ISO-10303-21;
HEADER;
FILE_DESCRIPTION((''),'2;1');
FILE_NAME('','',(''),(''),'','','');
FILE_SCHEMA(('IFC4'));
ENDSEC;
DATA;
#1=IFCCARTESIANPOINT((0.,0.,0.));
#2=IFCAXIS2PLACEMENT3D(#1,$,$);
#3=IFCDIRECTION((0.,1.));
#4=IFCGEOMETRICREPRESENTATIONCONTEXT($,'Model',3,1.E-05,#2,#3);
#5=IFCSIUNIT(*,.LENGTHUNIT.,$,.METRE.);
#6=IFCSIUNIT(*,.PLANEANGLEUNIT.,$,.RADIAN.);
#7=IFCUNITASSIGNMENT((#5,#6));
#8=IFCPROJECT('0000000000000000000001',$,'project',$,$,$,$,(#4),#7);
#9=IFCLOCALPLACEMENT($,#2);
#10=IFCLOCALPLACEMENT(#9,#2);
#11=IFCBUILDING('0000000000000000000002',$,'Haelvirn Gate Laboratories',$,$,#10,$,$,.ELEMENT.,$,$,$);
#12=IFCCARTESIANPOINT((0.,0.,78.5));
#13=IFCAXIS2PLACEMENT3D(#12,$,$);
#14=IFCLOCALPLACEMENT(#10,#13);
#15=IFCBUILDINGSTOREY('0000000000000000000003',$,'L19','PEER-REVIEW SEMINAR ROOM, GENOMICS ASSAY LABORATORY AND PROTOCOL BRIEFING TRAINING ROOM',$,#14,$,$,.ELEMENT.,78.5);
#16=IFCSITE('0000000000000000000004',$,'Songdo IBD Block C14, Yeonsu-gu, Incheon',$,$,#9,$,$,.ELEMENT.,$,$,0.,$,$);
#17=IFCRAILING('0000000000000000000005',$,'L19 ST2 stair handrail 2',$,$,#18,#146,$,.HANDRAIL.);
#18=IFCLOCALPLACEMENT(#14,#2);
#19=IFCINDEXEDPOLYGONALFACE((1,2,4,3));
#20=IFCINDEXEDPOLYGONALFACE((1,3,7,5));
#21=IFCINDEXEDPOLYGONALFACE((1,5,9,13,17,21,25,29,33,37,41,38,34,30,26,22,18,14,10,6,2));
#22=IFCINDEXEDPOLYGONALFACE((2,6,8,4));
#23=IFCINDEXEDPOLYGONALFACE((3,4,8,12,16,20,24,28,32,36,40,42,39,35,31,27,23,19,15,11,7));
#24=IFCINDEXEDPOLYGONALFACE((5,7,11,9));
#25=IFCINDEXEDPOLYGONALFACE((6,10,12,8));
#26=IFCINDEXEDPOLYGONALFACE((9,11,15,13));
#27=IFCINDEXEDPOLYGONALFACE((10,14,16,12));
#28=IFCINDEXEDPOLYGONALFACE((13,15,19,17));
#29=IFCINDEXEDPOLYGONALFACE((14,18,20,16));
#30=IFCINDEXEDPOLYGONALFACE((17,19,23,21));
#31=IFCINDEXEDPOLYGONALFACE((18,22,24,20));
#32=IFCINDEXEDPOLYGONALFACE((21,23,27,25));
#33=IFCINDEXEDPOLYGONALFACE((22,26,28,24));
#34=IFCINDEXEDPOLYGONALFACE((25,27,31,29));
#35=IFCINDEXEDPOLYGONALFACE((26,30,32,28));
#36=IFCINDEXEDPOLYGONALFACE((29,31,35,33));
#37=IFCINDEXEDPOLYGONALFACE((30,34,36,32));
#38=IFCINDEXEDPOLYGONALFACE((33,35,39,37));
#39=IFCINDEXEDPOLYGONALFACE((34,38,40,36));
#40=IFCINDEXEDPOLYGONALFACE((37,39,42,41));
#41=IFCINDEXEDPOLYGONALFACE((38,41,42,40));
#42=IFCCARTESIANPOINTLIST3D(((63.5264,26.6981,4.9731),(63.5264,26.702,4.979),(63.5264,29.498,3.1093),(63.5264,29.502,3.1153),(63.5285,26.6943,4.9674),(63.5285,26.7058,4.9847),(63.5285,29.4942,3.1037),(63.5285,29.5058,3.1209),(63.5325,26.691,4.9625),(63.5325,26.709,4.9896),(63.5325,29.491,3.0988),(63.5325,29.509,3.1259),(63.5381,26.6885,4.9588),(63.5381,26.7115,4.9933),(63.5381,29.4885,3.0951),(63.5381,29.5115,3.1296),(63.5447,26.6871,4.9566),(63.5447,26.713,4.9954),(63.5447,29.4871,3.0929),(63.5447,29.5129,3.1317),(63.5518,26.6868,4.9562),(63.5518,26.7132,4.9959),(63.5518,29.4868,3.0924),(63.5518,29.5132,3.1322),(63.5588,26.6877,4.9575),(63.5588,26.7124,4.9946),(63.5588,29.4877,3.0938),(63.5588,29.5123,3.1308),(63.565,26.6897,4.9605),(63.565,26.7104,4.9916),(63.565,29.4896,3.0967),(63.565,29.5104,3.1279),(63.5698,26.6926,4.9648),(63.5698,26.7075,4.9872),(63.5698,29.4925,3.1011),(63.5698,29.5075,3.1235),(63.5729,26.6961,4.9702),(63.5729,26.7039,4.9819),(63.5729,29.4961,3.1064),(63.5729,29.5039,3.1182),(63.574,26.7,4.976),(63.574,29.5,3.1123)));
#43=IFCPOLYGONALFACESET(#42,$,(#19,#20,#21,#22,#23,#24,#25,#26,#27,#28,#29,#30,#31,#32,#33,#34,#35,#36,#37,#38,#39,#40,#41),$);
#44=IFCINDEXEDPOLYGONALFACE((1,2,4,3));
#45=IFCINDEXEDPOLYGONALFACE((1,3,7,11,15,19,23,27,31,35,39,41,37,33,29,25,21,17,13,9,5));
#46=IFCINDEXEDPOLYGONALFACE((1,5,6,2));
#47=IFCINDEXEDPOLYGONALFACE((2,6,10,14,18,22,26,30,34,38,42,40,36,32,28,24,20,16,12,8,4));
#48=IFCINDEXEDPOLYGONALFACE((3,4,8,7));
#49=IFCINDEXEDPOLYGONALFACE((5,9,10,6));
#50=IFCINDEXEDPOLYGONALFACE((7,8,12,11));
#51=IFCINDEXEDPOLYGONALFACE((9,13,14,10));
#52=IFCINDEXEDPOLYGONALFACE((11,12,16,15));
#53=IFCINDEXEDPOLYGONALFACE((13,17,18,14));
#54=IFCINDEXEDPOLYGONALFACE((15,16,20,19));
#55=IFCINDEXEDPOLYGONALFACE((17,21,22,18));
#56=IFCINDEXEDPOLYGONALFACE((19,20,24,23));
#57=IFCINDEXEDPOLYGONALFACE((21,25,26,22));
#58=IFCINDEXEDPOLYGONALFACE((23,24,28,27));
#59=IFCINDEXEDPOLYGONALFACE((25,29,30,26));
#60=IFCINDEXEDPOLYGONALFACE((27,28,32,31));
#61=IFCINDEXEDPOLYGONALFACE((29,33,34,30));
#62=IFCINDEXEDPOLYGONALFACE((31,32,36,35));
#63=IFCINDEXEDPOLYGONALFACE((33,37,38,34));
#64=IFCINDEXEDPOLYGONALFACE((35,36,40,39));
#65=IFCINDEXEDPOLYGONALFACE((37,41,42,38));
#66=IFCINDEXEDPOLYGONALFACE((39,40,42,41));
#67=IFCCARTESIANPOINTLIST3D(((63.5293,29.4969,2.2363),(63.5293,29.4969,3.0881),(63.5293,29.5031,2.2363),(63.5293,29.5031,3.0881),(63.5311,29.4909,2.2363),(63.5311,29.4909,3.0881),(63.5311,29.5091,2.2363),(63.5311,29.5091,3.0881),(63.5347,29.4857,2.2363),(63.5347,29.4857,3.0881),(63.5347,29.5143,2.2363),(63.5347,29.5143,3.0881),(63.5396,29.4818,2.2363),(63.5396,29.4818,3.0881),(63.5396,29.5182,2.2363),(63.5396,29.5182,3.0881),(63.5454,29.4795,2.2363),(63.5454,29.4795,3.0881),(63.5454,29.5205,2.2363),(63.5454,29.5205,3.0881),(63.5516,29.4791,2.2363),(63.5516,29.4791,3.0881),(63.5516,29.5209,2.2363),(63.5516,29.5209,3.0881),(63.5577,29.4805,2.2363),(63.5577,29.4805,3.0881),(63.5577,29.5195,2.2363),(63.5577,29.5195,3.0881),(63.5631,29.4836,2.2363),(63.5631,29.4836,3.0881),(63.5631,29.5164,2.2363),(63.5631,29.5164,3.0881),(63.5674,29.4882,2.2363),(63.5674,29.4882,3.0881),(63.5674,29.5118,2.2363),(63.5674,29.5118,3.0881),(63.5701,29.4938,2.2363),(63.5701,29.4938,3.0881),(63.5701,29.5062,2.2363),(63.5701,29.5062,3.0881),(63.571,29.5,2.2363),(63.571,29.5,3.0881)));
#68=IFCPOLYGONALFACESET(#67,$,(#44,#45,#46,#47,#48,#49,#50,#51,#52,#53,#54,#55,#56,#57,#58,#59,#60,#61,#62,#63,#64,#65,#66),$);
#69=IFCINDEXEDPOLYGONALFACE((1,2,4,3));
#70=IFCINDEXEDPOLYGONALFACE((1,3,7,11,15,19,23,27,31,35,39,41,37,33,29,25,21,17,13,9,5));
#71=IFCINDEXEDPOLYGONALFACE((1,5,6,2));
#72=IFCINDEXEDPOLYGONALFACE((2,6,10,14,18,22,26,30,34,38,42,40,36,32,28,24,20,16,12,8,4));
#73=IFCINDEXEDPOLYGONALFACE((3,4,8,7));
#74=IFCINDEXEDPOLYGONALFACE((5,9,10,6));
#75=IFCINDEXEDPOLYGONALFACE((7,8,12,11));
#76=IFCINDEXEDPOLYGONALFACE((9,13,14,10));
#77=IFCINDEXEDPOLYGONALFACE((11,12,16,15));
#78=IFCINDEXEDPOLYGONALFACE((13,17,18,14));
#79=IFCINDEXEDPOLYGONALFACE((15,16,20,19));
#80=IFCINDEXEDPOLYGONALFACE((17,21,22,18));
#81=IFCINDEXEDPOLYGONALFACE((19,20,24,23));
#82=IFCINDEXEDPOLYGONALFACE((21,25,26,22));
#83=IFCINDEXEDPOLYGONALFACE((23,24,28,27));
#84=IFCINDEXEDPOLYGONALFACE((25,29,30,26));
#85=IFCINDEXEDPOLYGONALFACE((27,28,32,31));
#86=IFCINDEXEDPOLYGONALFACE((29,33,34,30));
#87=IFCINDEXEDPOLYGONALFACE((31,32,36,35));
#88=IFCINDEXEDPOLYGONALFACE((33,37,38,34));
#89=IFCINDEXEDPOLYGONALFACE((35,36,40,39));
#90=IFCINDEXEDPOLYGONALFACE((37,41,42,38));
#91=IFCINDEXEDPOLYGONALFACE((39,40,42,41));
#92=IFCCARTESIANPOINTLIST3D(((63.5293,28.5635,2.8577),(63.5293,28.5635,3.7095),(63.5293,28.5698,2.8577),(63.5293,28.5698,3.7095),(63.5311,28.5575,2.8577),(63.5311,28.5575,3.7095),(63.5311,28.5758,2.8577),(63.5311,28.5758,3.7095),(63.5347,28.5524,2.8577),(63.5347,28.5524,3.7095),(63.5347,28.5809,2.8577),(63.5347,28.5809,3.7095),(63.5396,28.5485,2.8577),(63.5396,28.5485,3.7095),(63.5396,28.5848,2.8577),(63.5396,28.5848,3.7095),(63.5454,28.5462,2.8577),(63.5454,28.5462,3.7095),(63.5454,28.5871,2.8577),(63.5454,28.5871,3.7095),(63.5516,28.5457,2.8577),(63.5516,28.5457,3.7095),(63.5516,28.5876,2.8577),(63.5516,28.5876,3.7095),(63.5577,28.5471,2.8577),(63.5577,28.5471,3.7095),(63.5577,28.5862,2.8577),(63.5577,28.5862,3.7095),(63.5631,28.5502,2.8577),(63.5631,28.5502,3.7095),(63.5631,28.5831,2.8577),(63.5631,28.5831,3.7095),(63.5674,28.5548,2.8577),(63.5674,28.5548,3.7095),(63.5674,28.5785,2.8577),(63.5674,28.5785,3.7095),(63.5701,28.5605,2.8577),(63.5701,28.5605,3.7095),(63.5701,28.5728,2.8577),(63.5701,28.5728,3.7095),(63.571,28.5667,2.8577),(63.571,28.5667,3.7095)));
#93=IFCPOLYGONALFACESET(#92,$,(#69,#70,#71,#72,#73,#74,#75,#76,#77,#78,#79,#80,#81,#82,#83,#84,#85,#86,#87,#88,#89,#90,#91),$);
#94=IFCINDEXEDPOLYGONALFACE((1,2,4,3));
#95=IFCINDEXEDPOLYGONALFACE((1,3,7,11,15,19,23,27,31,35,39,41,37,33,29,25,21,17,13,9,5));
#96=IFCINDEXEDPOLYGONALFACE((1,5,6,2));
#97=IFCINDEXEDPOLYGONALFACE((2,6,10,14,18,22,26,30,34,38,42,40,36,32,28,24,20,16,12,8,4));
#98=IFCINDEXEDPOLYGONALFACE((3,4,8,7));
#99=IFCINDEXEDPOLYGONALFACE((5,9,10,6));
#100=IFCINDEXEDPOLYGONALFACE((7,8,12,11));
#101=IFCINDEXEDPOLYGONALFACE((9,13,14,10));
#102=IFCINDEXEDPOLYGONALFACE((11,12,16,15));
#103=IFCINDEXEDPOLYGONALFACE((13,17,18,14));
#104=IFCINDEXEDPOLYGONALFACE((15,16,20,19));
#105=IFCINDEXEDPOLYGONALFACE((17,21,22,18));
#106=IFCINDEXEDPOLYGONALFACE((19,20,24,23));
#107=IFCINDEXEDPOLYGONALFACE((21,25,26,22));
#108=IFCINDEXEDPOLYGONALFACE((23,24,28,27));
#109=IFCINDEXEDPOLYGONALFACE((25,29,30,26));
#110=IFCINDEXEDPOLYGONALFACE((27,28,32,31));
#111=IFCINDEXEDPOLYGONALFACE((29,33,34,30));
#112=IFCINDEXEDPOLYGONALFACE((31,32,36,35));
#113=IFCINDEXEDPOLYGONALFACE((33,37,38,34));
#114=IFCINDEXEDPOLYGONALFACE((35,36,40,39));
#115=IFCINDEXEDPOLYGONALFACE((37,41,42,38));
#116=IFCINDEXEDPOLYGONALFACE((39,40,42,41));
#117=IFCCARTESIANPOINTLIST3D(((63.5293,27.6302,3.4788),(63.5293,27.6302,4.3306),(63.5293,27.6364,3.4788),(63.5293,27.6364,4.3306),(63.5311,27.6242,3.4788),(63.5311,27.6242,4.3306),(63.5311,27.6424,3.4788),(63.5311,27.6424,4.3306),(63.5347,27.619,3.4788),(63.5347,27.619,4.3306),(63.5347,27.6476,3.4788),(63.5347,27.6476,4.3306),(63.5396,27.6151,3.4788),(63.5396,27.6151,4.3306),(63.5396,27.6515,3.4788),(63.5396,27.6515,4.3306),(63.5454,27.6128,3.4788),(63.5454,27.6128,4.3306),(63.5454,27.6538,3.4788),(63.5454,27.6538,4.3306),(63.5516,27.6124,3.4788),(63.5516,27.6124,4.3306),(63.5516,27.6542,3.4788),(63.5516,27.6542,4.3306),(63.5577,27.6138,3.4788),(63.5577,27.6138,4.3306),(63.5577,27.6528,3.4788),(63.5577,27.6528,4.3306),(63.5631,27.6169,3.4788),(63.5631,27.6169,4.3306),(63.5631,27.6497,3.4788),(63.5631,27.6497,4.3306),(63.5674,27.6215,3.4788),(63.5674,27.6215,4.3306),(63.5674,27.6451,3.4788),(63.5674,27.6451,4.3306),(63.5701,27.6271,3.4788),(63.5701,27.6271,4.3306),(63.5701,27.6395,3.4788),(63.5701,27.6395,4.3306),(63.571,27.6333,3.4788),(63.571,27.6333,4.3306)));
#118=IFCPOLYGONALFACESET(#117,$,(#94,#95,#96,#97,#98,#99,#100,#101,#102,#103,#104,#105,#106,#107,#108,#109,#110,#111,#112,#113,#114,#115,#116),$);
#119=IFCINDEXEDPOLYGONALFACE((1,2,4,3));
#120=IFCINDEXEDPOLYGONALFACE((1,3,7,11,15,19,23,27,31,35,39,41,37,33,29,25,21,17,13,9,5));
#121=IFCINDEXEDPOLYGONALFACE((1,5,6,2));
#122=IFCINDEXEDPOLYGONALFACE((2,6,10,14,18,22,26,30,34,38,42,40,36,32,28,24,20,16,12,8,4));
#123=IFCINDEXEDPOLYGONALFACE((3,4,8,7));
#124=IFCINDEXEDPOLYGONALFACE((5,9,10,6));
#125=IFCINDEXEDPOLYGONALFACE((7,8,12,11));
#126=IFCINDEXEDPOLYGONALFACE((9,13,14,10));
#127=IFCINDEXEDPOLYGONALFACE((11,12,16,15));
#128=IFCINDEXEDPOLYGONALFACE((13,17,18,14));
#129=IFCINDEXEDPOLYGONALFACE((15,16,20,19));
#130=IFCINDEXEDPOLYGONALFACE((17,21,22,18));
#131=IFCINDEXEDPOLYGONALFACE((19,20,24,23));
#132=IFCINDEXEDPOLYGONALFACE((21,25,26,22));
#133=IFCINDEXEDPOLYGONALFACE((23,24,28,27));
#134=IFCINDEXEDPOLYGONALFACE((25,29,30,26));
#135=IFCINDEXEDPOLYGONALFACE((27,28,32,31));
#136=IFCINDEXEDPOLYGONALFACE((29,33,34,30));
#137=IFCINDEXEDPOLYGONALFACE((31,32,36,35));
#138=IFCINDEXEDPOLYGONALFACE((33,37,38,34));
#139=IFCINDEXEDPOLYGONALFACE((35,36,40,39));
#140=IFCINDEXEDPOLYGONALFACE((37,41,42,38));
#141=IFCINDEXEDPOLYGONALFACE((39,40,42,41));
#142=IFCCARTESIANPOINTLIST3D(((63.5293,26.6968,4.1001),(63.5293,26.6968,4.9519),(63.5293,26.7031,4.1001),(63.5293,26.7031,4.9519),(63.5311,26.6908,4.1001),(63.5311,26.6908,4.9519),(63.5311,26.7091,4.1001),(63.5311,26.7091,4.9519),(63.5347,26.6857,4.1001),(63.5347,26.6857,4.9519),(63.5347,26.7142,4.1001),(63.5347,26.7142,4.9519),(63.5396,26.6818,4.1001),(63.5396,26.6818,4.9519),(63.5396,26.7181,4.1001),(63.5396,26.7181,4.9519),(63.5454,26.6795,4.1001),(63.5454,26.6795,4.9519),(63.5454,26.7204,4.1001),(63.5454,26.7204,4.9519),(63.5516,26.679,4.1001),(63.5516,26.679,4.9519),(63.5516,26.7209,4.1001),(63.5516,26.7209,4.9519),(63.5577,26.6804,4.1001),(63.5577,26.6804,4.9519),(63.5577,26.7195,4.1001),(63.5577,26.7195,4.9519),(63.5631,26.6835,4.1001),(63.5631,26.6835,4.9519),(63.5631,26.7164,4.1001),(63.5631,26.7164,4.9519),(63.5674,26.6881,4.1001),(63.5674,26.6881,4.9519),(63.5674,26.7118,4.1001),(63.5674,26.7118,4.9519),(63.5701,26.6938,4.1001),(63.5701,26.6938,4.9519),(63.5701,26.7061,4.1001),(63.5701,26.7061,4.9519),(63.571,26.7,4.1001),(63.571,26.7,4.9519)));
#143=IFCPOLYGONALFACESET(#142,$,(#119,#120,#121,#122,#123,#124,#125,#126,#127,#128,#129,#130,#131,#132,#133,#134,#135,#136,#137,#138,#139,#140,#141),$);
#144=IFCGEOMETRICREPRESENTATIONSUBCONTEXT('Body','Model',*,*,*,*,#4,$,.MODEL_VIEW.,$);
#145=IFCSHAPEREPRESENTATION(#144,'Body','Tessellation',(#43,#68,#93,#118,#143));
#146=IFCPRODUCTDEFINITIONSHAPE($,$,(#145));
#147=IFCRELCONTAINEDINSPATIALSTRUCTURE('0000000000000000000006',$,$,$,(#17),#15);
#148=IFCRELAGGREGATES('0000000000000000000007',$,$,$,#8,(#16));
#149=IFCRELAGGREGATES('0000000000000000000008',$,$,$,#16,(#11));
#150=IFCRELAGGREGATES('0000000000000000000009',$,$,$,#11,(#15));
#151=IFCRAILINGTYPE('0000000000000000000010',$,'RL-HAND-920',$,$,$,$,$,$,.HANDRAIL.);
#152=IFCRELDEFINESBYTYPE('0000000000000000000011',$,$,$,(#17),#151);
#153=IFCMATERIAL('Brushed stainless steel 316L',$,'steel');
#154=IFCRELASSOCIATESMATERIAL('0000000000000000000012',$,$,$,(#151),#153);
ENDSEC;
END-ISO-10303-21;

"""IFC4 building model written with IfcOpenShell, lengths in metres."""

from ifc_helpers import new_model, si_unit, direction, frame, origin, origin_2d, place, context, subcontext, project, spatial, circle, extrude, source, transform, mapped, material, type_object, element, save


model = new_model("IFC4")

# Units and contexts
model_context = context("Model", 3, precision=1e-05, world=origin(), true_north=direction((0.0, 1.0)))
body_context = subcontext(model_context, "Body", "Model", "MODEL_VIEW")
ifc_project = project(units=[si_unit("LENGTHUNIT", "METRE"), si_unit("PLANEANGLEUNIT", "RADIAN")], contexts=[model_context])

# Site, building, storey
site_placement = place(None, origin())
site = spatial("IfcSite", under=ifc_project, at=site_placement, Name="Songdo IBD Block C14, Yeonsu-gu, Incheon", CompositionType="ELEMENT", RefElevation=0.0)
building_placement = place(site_placement, origin())
building = spatial("IfcBuilding", under=site, at=building_placement, Name="Haelvirn Gate Laboratories", CompositionType="ELEMENT")
storey_placement = place(building_placement, frame((0.0, 0.0, 78.5)))
storey = spatial("IfcBuildingStorey", under=building, at=storey_placement, Name="L19", Description="PEER-REVIEW SEMINAR ROOM, GENOMICS ASSAY LABORATORY AND PROTOCOL BRIEFING TRAINING ROOM", CompositionType="ELEMENT", Elevation=78.5)

# Railing
ifc_material_1 = material(Name="Brushed stainless steel 316L", Category="steel")
railing_type_1 = type_object("IfcRailingType", Name="RL-HAND-920", PredefinedType="HANDRAIL", material=ifc_material_1)
shared_shape_1 = source(origin(), body_context, "Body", "SweptSolid", [
    extrude(circle(Radius=0.0239, at=origin_2d()), frame((0.0, 0.0, 0.876), z_axis=(0.0, -0.832452, 0.554097), x_axis=(1.0, 0.0, 0.0)), (0.0, 0.0, 1.0), 3.3635),
    extrude(circle(Radius=0.021, at=origin_2d()), origin(), (0.0, 0.0, 1.0), 0.8518),
    extrude(circle(Radius=0.021, at=origin_2d()), frame((0.0, -0.9333, 0.6213)), (0.0, 0.0, 1.0), 0.8518),
    extrude(circle(Radius=0.021, at=origin_2d()), frame((0.0, -1.8667, 1.2424)), (0.0, 0.0, 1.0), 0.8518),
    extrude(circle(Radius=0.021, at=origin_2d()), frame((0.0, -2.8, 1.8638)), (0.0, 0.0, 1.0), 0.8518),
])
railing_1_placement = place(storey_placement, frame((63.55, 29.5, 2.2363)))
element("IfcRailing", 1, at=railing_1_placement, inside=storey, type_object=railing_type_1, Name="L19 ST2 stair handrail 2", PredefinedType="HANDRAIL", context=body_context, shape_type="MappedRepresentation", body=[
    mapped(shared_shape_1, transform((0.0, 0.0, 0.0), scale=1.0)),
])

save(model, "model.ifc")
